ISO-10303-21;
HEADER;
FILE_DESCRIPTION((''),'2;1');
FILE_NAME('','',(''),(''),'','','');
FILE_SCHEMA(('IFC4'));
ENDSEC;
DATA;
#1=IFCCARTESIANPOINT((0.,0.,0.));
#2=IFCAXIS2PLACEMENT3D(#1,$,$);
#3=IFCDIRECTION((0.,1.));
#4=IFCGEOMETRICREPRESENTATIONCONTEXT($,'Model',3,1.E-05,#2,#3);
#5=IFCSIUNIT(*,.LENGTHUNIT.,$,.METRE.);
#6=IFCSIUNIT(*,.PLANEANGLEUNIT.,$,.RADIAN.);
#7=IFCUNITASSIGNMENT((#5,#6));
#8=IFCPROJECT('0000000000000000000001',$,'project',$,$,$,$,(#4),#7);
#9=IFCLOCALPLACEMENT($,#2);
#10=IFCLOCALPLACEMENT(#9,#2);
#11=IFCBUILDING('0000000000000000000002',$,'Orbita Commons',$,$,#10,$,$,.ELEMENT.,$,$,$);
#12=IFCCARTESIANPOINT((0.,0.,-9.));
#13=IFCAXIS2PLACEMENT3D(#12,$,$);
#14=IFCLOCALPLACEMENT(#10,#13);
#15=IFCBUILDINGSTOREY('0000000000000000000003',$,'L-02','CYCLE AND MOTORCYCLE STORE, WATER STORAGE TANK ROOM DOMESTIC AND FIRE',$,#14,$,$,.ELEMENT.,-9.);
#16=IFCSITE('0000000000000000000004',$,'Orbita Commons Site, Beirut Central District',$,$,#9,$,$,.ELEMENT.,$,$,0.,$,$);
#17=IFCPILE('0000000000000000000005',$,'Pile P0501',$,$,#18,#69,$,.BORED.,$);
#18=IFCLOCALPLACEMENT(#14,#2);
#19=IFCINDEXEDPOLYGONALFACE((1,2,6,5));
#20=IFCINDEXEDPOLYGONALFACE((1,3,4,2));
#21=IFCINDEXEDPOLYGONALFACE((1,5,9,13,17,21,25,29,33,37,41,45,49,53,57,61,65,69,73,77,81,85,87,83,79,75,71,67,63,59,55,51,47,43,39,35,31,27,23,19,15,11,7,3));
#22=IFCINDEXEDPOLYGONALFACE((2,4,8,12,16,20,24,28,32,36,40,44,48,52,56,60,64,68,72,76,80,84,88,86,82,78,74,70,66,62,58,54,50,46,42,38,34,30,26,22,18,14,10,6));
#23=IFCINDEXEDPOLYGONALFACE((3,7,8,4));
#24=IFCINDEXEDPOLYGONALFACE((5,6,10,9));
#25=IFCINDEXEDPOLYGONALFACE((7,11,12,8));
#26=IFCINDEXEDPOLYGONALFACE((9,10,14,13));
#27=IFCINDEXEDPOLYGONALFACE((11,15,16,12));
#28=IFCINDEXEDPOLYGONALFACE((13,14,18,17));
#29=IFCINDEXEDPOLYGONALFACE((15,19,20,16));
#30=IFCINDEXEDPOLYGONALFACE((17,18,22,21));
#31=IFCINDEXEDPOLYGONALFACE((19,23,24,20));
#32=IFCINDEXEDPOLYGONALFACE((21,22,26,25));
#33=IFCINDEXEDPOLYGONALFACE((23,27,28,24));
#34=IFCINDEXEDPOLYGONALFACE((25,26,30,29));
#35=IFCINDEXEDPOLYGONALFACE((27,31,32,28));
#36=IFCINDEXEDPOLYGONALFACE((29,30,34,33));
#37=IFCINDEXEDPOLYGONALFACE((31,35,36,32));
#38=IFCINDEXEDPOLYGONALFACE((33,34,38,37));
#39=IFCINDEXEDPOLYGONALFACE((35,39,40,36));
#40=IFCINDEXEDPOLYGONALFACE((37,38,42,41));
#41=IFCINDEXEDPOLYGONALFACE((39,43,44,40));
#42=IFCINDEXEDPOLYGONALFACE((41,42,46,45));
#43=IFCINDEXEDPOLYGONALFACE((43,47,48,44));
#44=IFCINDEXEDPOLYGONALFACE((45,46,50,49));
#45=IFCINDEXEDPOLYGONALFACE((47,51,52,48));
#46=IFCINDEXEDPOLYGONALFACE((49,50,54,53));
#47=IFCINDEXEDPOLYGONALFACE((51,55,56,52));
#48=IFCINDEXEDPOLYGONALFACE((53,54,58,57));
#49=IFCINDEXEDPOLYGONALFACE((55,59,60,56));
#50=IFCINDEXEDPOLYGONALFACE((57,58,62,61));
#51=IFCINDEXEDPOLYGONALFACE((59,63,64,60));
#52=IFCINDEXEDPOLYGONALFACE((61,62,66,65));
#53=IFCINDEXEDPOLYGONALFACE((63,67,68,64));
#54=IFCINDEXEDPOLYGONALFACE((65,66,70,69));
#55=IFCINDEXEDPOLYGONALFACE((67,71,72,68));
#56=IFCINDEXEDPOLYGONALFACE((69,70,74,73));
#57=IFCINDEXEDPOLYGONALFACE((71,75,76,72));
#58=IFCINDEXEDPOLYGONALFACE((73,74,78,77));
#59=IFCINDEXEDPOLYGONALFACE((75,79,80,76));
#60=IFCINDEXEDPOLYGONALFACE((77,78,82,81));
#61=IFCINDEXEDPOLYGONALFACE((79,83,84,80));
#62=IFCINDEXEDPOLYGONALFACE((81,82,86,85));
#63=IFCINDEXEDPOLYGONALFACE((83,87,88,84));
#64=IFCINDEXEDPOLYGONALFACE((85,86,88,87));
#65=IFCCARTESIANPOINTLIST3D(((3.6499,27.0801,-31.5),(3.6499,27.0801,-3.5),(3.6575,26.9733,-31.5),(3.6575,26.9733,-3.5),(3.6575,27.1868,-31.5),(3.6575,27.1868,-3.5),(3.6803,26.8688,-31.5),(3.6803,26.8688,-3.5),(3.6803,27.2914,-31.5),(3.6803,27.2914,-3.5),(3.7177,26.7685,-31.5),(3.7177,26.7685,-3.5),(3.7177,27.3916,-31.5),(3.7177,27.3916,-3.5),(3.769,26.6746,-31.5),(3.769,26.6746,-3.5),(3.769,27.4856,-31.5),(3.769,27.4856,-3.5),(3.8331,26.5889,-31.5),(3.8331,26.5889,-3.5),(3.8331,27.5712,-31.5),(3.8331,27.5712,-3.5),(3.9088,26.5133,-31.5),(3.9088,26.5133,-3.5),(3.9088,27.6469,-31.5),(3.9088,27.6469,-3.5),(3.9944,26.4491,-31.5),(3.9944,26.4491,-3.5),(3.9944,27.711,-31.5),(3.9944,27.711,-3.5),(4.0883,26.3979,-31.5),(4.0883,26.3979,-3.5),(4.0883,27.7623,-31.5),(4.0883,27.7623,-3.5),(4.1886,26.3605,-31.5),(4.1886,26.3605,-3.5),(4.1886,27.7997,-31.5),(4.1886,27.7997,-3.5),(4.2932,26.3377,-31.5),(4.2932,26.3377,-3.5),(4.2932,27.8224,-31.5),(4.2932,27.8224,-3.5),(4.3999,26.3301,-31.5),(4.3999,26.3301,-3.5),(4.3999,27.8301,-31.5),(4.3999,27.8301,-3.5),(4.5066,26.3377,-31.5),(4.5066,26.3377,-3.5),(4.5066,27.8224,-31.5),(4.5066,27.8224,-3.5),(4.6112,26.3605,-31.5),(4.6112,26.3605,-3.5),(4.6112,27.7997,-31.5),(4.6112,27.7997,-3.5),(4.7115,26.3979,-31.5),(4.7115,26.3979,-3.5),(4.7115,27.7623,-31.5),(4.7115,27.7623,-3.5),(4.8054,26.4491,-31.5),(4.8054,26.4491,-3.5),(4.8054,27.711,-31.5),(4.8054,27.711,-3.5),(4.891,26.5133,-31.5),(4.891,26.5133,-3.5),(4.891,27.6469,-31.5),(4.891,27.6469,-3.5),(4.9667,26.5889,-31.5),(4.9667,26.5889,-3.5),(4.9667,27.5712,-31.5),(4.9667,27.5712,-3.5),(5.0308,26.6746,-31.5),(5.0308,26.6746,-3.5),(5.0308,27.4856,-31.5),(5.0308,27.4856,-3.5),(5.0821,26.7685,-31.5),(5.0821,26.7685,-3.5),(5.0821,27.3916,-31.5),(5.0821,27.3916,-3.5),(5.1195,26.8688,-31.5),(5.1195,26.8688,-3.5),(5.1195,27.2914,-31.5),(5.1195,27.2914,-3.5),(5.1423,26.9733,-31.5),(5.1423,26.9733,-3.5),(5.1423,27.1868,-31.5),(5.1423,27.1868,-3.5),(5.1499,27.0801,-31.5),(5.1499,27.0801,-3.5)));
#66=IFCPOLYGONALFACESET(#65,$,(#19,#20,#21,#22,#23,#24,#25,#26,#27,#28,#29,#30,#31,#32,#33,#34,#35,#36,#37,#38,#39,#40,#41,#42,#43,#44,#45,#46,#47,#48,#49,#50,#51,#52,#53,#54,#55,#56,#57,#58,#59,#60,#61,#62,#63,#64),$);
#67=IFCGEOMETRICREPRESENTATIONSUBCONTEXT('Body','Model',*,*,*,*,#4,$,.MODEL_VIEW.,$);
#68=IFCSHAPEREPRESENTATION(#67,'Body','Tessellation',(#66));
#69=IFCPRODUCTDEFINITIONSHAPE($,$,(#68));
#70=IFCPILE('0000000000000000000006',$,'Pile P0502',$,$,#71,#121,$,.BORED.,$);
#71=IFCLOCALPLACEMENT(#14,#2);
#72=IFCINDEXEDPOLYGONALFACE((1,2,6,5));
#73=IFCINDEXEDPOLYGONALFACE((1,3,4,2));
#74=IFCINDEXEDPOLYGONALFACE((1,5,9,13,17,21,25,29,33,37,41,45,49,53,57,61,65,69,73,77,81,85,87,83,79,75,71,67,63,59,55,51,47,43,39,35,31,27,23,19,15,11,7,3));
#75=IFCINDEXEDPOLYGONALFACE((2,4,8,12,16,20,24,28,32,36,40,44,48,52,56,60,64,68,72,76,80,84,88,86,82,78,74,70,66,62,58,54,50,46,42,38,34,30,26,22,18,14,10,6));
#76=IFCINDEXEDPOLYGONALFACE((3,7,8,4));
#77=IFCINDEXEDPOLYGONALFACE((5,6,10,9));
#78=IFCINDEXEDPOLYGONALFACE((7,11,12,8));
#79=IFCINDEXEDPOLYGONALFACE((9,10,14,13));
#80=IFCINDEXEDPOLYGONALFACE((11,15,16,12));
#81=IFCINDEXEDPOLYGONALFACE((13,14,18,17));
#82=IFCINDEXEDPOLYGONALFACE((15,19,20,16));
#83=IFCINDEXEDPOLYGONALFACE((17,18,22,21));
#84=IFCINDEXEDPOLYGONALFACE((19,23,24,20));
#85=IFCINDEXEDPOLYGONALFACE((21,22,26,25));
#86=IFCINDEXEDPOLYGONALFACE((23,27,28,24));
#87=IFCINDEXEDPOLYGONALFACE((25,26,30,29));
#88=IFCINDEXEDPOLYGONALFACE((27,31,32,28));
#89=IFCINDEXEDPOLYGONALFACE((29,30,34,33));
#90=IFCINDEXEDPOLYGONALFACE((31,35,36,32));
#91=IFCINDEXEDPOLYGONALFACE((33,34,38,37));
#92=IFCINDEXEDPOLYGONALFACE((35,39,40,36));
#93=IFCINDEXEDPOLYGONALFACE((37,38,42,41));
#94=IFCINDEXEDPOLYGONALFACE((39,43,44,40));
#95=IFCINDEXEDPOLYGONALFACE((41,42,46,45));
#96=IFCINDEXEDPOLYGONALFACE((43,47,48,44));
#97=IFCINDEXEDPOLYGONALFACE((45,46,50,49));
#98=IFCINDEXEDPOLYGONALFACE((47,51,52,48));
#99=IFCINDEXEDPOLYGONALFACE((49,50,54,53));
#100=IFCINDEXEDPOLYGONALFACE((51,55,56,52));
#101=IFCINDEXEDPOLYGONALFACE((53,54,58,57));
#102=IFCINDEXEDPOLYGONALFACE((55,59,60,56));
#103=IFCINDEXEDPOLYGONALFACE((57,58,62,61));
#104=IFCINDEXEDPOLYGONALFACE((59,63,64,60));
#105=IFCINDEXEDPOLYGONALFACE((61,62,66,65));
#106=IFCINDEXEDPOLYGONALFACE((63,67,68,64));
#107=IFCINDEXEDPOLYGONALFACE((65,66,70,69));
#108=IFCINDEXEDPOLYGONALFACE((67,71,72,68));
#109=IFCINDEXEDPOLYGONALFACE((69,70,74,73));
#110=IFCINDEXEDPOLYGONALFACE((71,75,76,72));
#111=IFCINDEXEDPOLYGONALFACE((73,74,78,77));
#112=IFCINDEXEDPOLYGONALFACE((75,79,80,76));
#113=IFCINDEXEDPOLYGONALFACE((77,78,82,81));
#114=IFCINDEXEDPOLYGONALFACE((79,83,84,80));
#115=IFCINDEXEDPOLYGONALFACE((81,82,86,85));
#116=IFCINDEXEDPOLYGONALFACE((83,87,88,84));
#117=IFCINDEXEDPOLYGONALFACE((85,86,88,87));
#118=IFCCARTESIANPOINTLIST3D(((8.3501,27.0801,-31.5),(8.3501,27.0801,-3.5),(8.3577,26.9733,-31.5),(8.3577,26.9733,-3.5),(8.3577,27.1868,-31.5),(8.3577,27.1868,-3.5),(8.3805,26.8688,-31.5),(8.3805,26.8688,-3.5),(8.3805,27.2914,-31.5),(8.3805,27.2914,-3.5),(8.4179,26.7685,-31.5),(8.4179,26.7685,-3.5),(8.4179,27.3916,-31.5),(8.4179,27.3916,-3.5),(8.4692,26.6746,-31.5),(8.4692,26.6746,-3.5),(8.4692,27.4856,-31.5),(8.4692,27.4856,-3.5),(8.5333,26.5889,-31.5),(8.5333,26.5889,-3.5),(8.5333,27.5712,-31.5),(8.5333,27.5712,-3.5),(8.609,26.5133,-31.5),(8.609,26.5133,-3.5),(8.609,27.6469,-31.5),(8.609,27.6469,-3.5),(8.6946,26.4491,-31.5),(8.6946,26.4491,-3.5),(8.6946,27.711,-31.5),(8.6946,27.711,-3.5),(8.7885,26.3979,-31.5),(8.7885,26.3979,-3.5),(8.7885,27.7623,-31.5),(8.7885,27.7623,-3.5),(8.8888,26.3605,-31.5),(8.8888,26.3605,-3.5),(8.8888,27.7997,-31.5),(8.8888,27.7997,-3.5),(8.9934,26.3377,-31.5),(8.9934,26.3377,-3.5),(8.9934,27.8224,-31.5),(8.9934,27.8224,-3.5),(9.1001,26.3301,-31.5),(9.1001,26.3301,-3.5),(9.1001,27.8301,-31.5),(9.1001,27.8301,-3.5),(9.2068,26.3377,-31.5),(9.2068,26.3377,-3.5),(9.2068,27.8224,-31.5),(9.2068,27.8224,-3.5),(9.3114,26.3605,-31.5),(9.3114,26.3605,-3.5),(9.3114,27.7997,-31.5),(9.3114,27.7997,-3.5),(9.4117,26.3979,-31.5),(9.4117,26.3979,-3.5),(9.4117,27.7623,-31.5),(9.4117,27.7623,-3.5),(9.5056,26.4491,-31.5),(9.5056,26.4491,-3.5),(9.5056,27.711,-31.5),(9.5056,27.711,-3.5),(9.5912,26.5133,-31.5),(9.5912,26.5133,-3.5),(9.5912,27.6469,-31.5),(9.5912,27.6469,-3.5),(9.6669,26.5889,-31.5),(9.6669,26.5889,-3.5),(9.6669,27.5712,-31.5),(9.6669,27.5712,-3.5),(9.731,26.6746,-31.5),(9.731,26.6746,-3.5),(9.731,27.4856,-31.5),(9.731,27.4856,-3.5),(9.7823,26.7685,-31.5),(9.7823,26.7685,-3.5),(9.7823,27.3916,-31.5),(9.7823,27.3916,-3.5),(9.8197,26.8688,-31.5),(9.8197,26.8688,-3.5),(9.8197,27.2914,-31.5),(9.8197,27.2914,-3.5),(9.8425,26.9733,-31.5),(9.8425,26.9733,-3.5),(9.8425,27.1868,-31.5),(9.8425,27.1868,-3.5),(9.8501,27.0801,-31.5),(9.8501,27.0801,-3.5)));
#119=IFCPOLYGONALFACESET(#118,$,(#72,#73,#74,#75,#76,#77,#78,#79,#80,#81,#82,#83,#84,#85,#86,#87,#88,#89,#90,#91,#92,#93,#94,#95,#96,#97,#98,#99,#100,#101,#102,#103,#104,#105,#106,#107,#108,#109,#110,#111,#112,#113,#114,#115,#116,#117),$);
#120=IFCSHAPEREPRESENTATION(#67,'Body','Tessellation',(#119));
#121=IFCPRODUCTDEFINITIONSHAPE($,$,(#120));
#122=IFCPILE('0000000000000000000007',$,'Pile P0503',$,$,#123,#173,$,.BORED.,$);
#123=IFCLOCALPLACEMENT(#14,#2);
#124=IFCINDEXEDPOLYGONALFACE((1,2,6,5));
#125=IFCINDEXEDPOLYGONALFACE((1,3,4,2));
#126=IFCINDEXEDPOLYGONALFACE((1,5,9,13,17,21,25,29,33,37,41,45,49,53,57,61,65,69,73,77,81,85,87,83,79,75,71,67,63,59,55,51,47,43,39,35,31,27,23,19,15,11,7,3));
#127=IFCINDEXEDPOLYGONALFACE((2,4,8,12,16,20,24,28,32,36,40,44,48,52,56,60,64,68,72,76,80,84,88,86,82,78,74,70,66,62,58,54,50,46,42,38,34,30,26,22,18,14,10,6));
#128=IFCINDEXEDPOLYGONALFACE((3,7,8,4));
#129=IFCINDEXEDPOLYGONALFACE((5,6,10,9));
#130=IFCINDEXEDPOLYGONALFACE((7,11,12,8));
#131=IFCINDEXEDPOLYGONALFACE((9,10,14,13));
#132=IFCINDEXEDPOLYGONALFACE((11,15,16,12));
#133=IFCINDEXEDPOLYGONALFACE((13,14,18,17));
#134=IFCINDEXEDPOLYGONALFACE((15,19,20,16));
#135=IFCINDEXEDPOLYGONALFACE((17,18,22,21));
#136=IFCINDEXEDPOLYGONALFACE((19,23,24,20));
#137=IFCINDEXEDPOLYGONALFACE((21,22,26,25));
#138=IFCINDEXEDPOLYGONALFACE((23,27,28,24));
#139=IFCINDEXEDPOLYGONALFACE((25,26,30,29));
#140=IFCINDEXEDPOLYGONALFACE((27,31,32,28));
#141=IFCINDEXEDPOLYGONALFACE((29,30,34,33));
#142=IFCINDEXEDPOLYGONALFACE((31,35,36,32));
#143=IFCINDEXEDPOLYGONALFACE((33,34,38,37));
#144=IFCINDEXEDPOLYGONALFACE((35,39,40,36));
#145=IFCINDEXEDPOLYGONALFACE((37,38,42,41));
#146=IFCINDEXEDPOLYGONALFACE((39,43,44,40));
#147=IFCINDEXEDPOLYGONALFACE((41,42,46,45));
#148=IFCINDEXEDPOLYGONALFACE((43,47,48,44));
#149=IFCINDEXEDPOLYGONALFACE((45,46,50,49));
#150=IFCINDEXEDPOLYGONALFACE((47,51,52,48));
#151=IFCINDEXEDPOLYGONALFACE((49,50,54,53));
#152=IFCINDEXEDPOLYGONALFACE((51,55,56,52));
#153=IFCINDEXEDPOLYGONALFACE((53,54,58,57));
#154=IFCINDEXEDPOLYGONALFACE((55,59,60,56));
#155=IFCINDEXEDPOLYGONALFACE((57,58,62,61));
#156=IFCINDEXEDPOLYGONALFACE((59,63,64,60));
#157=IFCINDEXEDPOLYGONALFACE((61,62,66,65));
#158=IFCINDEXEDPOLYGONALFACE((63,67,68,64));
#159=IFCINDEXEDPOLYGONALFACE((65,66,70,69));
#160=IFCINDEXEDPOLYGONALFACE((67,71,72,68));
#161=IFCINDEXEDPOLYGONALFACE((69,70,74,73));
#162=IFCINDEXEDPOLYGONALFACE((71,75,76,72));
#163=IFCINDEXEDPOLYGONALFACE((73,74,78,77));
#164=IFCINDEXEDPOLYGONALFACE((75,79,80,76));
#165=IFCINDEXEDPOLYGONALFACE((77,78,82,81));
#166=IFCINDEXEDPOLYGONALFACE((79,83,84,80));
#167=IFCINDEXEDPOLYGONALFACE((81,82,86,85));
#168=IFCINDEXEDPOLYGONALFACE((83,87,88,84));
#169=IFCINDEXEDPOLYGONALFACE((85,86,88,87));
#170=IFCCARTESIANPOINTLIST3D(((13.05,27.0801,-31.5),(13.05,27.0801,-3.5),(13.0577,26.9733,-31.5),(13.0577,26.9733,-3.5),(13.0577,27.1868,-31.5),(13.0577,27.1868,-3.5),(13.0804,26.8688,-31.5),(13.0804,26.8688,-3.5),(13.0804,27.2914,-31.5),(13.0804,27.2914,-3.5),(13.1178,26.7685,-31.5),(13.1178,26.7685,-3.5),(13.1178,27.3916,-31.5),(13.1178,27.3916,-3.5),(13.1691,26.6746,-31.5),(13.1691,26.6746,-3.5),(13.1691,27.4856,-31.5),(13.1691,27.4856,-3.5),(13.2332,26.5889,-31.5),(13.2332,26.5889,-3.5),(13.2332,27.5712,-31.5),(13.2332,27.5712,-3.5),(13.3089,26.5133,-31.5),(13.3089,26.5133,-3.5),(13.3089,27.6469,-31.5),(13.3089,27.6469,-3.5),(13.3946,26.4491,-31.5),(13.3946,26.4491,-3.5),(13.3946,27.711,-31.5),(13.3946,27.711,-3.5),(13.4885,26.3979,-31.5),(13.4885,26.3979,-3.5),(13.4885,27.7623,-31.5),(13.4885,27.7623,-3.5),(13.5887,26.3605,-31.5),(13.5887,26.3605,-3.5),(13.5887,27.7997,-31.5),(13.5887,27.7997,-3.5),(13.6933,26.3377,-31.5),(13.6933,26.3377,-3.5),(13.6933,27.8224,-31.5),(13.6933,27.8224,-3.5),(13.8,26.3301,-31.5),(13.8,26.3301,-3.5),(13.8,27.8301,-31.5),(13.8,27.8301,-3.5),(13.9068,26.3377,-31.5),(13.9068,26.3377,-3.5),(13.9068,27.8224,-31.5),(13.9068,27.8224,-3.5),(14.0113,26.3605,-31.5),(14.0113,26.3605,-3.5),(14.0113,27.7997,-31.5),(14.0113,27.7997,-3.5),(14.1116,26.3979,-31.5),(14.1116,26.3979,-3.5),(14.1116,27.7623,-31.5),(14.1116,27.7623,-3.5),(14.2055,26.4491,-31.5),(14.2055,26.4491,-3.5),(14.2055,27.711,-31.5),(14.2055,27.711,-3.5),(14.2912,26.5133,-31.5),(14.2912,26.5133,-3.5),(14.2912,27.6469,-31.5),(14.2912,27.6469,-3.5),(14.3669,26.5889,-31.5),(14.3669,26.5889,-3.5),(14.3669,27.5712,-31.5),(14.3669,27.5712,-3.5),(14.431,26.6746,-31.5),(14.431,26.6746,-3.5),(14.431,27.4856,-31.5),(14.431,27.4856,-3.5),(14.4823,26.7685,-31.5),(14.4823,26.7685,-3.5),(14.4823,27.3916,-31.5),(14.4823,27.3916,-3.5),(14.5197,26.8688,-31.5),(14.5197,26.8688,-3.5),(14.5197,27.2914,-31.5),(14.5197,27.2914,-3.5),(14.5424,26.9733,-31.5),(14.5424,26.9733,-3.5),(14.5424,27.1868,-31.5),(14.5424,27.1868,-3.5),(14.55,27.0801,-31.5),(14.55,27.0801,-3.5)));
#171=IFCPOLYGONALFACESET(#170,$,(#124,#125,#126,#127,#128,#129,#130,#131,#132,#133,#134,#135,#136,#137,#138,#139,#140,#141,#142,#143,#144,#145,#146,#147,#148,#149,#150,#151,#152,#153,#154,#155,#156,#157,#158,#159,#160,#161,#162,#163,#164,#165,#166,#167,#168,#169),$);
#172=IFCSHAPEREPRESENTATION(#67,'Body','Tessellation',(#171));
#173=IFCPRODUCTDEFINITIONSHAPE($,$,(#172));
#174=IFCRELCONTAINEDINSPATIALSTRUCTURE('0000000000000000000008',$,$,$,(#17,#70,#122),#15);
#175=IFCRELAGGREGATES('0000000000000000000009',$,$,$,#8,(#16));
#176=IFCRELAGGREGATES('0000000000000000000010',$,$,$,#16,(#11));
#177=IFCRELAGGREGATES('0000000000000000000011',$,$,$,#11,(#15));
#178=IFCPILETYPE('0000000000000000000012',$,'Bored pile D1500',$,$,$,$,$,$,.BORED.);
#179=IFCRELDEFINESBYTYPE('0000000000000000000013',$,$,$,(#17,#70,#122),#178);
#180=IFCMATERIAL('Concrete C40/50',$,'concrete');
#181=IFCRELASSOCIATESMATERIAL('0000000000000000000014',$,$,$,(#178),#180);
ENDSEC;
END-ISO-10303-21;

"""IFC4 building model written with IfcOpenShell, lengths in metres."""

from ifc_helpers import new_model, si_unit, direction, frame, origin, origin_2d, place, context, subcontext, project, spatial, circle, extrude, material, material_profile, profile_set, type_object, element, save


model = new_model("IFC4")

# Units and contexts
model_context = context("Model", 3, precision=1e-05, world=origin(), true_north=direction((0.0, 1.0)))
body_context = subcontext(model_context, "Body", "Model", "MODEL_VIEW")
ifc_project = project(units=[si_unit("LENGTHUNIT", "METRE"), si_unit("PLANEANGLEUNIT", "RADIAN")], contexts=[model_context])

# Site, building, storey
site_placement = place(None, origin())
site = spatial("IfcSite", under=ifc_project, at=site_placement, Name="Orbita Commons Site, Beirut Central District", CompositionType="ELEMENT", RefElevation=0.0)
building_placement = place(site_placement, origin())
building = spatial("IfcBuilding", under=site, at=building_placement, Name="Orbita Commons", CompositionType="ELEMENT")
storey_placement = place(building_placement, frame((0.0, 0.0, -9.0)))
storey = spatial("IfcBuildingStorey", under=building, at=storey_placement, Name="L-02", Description="CYCLE AND MOTORCYCLE STORE, WATER STORAGE TANK ROOM DOMESTIC AND FIRE", CompositionType="ELEMENT", Elevation=-9.0)

# Piles
ifc_material_1 = material(Name="Concrete C40/50", Category="concrete")
ifc_material_profile_1 = material_profile(ifc_material_1, circle(Radius=0.75, at=origin_2d()), Name="RC D1500")
ifc_profile_set_1 = profile_set([ifc_material_profile_1], Name="Concrete C40/50")
pile_type = type_object("IfcPileType", Name="Bored pile D1500", PredefinedType="BORED", material=ifc_profile_set_1)
for number, where, z_axis, x_axis, name in (
    (1, (4.3999, 27.0801, -3.5), (0.0, 0.0, -1.0), (1.0, 0.0, 0.0), "Pile P0501"),
    (2, (9.1001, 27.0801, -3.5), (0.0, 0.0, -1.0), (1.0, 0.0, 0.0), "Pile P0502"),
    (3, (13.8, 27.0801, -3.5), (0.0, 0.0, -1.0), (1.0, 0.0, 0.0), "Pile P0503"),
):
    element("IfcPile", number, at=place(storey_placement, frame(where, z_axis=z_axis, x_axis=x_axis)), inside=storey, type_object=pile_type, Name=name, PredefinedType="BORED", context=body_context, shape_type="SweptSolid", body=[
        extrude(circle(Radius=0.75, at=origin_2d()), origin(), (0.0, 0.0, 1.0), 28.0),
    ])

save(model, "model.ifc")
